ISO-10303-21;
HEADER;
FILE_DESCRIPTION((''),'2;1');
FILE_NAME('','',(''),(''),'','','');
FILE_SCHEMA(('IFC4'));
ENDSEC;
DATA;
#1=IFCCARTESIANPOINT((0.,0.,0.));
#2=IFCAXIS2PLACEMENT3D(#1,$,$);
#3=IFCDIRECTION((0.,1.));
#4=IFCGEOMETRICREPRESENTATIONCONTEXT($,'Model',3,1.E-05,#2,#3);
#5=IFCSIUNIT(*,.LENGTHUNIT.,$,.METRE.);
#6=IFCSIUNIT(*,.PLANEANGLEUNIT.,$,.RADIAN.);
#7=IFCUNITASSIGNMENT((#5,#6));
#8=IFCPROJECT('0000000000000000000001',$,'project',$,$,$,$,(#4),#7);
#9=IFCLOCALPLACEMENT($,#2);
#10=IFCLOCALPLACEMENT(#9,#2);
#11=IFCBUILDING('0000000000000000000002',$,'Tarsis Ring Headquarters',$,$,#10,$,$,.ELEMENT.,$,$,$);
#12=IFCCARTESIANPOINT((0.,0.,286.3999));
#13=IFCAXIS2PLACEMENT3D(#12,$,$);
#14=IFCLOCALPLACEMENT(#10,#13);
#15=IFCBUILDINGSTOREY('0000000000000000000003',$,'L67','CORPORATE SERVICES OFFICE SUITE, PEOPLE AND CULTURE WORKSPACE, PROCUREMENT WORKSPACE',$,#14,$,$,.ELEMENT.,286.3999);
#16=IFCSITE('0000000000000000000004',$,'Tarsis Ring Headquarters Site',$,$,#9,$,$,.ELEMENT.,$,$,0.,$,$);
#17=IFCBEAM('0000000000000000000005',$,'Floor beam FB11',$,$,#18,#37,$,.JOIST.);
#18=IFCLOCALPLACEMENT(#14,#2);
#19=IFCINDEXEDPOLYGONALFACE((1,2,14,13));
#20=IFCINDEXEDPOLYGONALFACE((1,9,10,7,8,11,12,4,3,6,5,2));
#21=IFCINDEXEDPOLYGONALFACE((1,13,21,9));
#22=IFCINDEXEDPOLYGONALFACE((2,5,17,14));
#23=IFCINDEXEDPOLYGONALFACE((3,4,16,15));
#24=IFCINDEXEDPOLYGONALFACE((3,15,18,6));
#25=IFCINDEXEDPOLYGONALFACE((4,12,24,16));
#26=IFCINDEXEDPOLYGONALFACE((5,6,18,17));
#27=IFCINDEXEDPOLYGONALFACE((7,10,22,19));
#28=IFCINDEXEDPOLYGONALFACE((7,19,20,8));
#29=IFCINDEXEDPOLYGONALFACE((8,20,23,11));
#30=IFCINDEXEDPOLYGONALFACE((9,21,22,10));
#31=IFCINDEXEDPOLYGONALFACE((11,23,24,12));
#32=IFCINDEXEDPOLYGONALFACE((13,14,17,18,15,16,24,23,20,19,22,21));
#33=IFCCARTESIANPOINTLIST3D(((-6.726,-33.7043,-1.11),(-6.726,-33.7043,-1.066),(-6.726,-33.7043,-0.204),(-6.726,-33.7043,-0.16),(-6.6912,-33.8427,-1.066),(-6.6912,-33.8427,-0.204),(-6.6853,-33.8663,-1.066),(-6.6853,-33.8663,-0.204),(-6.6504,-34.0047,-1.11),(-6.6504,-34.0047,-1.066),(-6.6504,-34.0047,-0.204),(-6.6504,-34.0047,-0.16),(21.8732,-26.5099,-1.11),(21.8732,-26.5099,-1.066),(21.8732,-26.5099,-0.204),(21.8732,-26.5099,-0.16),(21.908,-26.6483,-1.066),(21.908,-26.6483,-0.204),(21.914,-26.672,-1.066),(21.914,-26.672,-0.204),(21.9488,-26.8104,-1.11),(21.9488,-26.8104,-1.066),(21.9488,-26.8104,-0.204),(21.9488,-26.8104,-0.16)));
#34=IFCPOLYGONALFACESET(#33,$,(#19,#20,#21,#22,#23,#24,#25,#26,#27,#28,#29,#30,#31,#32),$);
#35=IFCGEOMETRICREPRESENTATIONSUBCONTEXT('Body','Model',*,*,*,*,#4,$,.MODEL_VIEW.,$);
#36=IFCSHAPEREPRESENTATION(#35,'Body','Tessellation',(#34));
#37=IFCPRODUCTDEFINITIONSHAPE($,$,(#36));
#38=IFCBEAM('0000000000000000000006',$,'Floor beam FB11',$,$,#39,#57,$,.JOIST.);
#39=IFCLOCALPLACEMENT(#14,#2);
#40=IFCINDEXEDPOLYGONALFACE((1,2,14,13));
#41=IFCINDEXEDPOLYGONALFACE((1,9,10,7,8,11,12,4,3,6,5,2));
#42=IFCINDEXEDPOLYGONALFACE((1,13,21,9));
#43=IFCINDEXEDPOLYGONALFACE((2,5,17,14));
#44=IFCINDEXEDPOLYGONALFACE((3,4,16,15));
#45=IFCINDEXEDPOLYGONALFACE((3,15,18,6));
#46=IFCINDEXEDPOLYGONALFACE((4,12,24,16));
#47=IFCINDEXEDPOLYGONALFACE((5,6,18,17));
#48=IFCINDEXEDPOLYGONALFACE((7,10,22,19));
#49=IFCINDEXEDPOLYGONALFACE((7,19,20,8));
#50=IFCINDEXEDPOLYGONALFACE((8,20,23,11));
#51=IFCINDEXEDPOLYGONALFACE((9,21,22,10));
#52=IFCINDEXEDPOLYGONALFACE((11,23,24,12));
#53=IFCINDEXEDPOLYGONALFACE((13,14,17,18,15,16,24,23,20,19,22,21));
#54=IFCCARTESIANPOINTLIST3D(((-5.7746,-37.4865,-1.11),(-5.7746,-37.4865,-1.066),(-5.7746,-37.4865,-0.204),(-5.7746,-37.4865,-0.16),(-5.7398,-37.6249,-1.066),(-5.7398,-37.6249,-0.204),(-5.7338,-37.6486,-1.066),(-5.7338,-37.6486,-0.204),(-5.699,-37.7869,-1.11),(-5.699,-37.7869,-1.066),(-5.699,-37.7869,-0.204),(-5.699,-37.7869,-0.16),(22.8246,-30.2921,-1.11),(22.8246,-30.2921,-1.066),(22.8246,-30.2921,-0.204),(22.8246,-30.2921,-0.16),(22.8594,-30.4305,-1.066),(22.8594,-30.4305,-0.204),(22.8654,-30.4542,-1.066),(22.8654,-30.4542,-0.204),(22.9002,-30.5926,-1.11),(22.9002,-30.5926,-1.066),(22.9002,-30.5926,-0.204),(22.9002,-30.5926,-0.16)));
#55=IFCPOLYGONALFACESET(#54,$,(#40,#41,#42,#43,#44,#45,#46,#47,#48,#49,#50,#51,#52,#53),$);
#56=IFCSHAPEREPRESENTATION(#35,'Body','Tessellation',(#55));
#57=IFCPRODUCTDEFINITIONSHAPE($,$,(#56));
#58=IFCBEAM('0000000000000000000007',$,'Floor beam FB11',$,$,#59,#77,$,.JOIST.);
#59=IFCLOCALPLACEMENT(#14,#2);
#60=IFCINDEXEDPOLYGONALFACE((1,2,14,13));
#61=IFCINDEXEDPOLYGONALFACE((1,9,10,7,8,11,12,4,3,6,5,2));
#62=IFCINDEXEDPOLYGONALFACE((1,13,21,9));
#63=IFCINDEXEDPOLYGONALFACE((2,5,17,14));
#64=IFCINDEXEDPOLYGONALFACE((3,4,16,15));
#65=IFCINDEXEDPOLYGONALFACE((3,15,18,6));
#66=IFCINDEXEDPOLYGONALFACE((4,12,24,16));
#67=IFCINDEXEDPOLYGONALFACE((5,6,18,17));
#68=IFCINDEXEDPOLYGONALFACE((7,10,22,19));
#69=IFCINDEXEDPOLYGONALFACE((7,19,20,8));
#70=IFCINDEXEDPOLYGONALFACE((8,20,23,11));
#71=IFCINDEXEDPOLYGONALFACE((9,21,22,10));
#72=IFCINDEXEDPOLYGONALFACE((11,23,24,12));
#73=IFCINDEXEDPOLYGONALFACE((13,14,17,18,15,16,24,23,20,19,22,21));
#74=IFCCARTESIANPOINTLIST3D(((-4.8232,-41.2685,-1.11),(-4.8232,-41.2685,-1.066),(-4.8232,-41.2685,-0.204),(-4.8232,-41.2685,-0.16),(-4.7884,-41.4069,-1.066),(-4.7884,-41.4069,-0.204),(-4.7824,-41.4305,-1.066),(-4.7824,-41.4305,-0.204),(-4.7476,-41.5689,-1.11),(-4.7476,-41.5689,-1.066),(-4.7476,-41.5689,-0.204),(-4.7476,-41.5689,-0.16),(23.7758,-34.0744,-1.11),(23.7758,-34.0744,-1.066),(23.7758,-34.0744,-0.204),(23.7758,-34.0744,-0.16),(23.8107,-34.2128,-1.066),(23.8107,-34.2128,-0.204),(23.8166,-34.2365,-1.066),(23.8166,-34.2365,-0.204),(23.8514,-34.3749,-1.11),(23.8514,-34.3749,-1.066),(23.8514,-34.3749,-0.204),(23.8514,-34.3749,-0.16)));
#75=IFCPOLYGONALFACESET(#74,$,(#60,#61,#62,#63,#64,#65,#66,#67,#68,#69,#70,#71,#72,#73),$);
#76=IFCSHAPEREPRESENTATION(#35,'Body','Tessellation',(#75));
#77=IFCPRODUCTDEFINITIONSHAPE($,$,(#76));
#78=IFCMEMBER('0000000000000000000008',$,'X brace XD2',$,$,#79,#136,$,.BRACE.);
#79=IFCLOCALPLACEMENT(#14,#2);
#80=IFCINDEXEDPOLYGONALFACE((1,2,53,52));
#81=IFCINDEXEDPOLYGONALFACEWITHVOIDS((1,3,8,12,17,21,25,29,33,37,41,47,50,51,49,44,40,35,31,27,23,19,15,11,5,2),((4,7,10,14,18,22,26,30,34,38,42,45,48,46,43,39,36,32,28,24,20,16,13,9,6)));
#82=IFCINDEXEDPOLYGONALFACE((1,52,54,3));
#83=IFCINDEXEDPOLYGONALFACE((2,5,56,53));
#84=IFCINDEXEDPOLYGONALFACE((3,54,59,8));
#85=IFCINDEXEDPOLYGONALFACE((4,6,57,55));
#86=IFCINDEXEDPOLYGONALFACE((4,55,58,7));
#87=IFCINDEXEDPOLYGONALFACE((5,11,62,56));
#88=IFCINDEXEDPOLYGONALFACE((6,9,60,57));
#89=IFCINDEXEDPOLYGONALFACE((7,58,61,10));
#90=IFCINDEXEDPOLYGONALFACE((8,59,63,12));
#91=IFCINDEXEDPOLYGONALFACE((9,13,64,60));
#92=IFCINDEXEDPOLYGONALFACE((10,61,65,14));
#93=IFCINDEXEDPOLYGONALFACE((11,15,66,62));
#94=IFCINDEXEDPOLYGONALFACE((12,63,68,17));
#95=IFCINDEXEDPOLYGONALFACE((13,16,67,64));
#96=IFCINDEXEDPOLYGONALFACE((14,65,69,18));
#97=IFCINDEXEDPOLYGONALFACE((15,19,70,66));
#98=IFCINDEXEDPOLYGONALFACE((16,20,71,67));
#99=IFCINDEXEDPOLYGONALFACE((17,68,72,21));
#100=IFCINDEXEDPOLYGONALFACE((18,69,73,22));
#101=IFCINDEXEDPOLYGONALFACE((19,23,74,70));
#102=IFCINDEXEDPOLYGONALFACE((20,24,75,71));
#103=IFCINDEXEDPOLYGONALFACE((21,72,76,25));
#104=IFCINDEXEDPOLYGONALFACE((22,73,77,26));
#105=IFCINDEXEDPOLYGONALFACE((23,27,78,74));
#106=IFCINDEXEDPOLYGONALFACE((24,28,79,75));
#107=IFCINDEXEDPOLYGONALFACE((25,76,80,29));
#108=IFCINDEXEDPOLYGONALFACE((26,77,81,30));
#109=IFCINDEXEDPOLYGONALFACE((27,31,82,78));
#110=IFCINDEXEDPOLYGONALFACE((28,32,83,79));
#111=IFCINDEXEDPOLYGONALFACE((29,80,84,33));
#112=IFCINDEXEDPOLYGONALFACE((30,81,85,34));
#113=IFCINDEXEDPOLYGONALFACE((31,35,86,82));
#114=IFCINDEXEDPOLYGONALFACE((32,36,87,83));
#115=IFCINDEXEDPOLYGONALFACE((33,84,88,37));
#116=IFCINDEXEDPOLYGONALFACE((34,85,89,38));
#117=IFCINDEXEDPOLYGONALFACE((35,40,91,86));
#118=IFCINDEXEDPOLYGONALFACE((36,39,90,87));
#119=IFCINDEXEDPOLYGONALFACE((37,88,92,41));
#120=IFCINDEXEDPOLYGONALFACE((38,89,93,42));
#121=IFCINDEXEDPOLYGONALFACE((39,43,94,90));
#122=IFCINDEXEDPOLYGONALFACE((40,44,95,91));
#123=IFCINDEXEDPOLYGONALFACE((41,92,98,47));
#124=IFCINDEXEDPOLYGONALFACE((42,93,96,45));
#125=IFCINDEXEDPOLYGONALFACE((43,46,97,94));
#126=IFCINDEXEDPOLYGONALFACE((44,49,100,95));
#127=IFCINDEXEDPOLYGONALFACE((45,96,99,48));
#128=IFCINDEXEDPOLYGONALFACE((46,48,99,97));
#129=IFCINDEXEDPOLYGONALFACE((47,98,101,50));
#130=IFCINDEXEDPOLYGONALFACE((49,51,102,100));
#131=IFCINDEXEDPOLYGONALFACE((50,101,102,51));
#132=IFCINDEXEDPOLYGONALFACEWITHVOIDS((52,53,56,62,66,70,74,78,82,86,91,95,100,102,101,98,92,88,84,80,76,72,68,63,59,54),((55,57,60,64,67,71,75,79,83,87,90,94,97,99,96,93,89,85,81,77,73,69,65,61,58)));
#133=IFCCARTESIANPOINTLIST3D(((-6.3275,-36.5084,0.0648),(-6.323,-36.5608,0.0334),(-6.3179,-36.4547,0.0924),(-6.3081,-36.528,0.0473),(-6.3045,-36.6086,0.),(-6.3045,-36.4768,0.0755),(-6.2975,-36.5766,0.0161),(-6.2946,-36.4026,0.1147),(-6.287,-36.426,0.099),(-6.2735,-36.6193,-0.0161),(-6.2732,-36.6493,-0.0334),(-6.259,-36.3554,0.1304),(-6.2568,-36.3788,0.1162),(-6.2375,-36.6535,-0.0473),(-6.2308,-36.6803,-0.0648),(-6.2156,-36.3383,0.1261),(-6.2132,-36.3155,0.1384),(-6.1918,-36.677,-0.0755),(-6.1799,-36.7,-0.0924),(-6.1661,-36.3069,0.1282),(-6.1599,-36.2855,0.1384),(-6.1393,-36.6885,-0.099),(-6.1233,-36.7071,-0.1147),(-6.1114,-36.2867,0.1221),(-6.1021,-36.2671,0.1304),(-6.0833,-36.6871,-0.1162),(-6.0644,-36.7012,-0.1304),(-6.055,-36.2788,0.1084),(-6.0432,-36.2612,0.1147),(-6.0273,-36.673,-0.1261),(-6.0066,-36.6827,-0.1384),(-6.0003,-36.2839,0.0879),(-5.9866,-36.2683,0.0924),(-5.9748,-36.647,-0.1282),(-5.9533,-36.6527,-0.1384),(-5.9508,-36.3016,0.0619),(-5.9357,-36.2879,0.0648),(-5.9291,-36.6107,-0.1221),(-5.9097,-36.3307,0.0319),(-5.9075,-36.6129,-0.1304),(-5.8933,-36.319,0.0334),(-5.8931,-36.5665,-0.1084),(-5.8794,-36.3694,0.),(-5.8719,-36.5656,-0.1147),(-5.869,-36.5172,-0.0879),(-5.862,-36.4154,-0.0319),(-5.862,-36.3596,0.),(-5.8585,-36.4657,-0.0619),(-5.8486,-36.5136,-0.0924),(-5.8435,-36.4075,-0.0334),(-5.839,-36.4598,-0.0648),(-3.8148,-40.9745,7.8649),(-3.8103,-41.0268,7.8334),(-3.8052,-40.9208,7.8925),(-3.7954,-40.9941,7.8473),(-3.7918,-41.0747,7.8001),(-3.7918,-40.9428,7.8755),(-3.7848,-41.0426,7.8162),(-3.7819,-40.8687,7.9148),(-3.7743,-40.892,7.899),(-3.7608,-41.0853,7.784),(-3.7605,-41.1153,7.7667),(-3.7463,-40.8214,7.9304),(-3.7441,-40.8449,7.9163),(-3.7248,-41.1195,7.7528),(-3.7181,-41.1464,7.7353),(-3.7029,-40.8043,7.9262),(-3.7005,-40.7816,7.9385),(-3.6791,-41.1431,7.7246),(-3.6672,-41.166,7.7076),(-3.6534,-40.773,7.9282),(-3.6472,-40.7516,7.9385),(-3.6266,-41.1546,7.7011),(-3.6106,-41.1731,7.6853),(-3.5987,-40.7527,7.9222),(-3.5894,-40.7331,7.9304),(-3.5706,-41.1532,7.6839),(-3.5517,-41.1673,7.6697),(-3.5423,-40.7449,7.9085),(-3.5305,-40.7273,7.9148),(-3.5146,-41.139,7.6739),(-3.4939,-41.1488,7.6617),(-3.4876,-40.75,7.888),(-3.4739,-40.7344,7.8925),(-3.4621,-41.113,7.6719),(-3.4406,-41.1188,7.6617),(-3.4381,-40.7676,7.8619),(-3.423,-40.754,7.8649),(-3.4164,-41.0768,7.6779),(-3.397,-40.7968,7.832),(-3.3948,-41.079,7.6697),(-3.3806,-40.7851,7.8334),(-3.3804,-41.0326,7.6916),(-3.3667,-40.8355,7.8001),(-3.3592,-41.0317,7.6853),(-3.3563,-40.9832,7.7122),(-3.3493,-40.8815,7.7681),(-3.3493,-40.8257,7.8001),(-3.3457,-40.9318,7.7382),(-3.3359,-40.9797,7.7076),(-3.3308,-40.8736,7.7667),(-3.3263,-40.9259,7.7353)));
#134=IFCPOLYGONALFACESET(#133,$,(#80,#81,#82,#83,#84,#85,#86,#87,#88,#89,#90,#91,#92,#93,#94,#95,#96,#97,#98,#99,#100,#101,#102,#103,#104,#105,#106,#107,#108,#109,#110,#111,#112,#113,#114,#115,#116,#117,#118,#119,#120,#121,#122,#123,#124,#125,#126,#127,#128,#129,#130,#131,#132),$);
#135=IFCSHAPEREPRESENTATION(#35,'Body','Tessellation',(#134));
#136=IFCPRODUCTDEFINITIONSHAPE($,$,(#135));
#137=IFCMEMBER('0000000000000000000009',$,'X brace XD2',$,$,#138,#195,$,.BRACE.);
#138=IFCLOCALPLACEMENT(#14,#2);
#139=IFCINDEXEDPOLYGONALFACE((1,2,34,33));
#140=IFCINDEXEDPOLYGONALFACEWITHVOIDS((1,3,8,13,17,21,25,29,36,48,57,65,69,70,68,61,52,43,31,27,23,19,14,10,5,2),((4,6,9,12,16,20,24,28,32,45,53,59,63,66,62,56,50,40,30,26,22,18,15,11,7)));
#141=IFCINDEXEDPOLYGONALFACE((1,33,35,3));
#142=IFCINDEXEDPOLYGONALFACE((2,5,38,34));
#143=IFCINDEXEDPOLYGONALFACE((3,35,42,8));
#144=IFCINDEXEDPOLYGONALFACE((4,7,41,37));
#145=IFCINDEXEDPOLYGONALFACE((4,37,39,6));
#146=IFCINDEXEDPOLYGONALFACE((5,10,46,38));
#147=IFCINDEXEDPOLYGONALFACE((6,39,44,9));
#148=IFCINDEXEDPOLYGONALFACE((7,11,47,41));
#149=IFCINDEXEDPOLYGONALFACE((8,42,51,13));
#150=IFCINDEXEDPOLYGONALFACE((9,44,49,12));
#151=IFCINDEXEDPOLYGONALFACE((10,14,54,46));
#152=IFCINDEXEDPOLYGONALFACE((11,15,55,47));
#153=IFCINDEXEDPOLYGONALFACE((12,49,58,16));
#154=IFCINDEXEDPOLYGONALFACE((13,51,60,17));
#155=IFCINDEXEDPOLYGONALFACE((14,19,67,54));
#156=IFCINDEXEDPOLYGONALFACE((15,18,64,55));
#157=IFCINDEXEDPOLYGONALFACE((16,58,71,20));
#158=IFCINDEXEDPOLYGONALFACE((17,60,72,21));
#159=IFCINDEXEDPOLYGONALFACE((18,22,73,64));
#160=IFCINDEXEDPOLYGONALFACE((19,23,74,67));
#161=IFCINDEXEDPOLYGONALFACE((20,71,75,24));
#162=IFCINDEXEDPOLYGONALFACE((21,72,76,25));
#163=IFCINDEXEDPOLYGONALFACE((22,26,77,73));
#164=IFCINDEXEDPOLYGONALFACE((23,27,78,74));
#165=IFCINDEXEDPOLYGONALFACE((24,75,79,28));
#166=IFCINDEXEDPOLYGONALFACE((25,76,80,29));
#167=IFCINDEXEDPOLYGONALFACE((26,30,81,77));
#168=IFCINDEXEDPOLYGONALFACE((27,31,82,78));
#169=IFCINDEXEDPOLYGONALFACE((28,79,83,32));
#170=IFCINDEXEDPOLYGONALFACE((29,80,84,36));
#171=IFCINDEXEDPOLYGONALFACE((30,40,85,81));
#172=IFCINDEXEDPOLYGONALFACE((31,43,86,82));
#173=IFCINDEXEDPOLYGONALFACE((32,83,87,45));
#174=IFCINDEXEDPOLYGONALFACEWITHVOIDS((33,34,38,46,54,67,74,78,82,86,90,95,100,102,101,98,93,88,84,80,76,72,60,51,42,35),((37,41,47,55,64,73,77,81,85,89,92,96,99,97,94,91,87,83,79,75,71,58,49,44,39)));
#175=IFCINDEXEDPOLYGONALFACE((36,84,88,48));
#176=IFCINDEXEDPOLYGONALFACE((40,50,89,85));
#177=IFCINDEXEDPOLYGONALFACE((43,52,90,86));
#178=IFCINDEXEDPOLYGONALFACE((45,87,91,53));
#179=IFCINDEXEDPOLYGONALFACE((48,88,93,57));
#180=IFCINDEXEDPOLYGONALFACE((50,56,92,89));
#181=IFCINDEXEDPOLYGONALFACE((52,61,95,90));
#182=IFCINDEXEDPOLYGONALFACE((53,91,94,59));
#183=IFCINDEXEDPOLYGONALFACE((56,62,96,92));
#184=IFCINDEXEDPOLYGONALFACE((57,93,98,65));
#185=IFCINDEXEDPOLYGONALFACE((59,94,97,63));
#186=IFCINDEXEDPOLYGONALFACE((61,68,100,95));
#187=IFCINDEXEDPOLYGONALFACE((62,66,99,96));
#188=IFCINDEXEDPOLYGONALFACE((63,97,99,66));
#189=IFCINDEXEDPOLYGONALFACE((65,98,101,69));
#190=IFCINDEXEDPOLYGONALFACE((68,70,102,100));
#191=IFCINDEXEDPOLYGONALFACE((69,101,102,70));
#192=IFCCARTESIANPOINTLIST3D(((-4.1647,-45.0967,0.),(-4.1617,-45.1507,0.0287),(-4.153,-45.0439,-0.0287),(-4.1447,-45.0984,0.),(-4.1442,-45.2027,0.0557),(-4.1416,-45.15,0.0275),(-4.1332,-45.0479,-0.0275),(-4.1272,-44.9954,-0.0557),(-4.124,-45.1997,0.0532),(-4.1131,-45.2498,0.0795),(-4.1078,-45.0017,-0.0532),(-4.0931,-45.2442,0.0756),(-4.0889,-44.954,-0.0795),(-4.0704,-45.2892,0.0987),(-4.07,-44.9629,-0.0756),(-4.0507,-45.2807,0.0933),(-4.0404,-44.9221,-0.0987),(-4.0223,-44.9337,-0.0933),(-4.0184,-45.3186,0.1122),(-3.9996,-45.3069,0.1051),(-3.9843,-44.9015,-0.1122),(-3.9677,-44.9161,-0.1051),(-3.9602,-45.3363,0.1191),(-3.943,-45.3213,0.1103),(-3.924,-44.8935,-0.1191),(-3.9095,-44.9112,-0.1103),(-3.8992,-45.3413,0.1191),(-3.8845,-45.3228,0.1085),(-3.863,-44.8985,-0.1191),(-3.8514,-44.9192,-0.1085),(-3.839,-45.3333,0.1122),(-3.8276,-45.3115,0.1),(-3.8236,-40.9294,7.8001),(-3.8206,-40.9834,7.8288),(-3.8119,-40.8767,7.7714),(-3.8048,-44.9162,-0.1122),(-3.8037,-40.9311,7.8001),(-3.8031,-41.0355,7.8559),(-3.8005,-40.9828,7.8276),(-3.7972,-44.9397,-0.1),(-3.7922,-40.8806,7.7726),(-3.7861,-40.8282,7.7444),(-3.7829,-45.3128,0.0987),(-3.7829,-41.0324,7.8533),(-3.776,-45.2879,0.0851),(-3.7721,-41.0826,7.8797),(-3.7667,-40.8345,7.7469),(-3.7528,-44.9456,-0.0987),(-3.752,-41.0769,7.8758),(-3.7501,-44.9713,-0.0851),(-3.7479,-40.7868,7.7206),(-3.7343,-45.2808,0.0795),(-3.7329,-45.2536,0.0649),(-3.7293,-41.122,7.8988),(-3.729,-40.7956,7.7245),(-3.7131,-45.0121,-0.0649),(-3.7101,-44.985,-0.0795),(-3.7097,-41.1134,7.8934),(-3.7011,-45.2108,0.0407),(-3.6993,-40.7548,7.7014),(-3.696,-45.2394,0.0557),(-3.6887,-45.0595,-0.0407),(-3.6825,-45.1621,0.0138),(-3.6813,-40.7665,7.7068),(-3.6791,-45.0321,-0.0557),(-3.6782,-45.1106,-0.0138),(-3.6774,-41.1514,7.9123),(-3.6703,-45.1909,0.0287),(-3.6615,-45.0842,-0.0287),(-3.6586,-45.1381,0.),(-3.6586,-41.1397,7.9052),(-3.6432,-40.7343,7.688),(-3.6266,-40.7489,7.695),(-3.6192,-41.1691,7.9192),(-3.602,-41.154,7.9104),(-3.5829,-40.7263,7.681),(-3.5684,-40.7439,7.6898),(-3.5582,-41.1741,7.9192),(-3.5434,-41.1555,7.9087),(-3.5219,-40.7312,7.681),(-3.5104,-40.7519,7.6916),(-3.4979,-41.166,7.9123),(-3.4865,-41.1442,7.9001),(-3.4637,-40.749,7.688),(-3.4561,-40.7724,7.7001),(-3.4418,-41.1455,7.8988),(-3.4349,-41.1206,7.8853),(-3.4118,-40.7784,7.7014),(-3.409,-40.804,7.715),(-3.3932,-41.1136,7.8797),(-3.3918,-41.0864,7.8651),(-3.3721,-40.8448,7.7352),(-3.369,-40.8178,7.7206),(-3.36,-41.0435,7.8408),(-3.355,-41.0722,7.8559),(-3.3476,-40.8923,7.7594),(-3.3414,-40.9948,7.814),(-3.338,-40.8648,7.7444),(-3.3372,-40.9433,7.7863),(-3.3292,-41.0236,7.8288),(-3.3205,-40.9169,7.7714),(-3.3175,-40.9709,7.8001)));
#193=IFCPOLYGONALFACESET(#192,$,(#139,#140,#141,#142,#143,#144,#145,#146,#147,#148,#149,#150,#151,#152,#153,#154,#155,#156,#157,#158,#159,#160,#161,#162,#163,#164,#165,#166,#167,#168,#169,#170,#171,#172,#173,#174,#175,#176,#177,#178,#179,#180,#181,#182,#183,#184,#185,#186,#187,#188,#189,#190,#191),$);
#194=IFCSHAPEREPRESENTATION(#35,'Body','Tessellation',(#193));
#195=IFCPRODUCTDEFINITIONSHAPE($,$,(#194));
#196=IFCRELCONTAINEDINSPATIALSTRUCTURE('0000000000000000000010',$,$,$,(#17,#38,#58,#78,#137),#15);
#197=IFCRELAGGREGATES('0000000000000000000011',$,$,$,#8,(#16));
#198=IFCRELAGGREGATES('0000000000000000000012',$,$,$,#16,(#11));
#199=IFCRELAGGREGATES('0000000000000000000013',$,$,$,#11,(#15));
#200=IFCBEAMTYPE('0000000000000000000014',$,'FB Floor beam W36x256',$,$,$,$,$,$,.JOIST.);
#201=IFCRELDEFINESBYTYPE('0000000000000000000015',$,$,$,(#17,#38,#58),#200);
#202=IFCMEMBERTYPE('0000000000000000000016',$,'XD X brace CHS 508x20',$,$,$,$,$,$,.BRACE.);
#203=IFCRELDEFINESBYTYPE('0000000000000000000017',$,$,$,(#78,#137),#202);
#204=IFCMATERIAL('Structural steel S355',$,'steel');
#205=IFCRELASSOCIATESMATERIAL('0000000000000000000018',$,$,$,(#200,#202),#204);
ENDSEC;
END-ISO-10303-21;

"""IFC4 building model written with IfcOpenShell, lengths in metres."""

from ifc_helpers import new_model, si_unit, direction, frame, origin, origin_2d, place, context, subcontext, project, spatial, hollow_circle, i_section, extrude, material, material_profile, profile_set, type_object, element, save


model = new_model("IFC4")

# Units and contexts
model_context = context("Model", 3, precision=1e-05, world=origin(), true_north=direction((0.0, 1.0)))
body_context = subcontext(model_context, "Body", "Model", "MODEL_VIEW")
ifc_project = project(units=[si_unit("LENGTHUNIT", "METRE"), si_unit("PLANEANGLEUNIT", "RADIAN")], contexts=[model_context])

# Site, building, storey
site_placement = place(None, origin())
site = spatial("IfcSite", under=ifc_project, at=site_placement, Name="Tarsis Ring Headquarters Site", CompositionType="ELEMENT", RefElevation=0.0)
building_placement = place(site_placement, origin())
building = spatial("IfcBuilding", under=site, at=building_placement, Name="Tarsis Ring Headquarters", CompositionType="ELEMENT")
storey_placement = place(building_placement, frame((0.0, 0.0, 286.3999)))
storey = spatial("IfcBuildingStorey", under=building, at=storey_placement, Name="L67", Description="CORPORATE SERVICES OFFICE SUITE, PEOPLE AND CULTURE WORKSPACE, PROCUREMENT WORKSPACE", CompositionType="ELEMENT", Elevation=286.3999)

# Shared definitions
ifc_material_1 = material(Name="Structural steel S355", Category="steel")

# Beams
ifc_material_profile_1 = material_profile(ifc_material_1, i_section(OverallWidth=0.3098, OverallDepth=0.95, WebThickness=0.0244, FlangeThickness=0.0439, at=origin_2d()), Name="W36x256")
ifc_profile_set_1 = profile_set([ifc_material_profile_1], Name="Structural steel S355")
beam_type_1 = type_object("IfcBeamType", Name="FB Floor beam W36x256", PredefinedType="JOIST", material=ifc_profile_set_1)
for number, where, z_axis, x_axis, name in (
    (1, (-6.6882, -33.8545, -0.635), (0.969786, 0.243957, 0.0), (-0.243957, 0.969786, 0.0), "Floor beam FB11"),
    (2, (-5.7368, -37.6367, -0.635), (0.969786, 0.243957, 0.0), (-0.243957, 0.969786, 0.0), "Floor beam FB11"),
):
    element("IfcBeam", number, at=place(storey_placement, frame(where, z_axis=z_axis, x_axis=x_axis)), inside=storey, type_object=beam_type_1, Name=name, PredefinedType="JOIST", context=body_context, shape_type="SweptSolid", body=[
        extrude(i_section(OverallWidth=0.3098, OverallDepth=0.95, WebThickness=0.0244, FlangeThickness=0.0439, at=origin_2d()), origin(), (0.0, 0.0, 1.0), 29.4902),
    ])
beam_1_placement = place(storey_placement, frame((-4.7854, -41.4187, -0.635), z_axis=(0.969788, 0.24395, 0.0), x_axis=(-0.24395, 0.969788, 0.0)))
element("IfcBeam", 3, at=beam_1_placement, inside=storey, type_object=beam_type_1, Name="Floor beam FB11", PredefinedType="JOIST", context=body_context, shape_type="SweptSolid", body=[
    extrude(i_section(OverallWidth=0.3098, OverallDepth=0.95, WebThickness=0.0244, FlangeThickness=0.0439, at=origin_2d()), origin(), (0.0, 0.0, 1.0), 29.49),
])

# Members
ifc_material_profile_2 = material_profile(ifc_material_1, hollow_circle(Radius=0.2539, WallThickness=0.02, at=origin_2d()), Name="CHS 508x20")
ifc_profile_set_2 = profile_set([ifc_material_profile_2], Name="Structural steel S355")
member_type = type_object("IfcMemberType", Name="XD X brace CHS 508x20", PredefinedType="BRACE", material=ifc_profile_set_2)
member_1_placement = place(storey_placement, frame((-6.0833, -36.4841, 0.0), z_axis=(0.269234, -0.478537, 0.835772), x_axis=(0.871531, 0.49034, 0.0)))
element("IfcMember", 4, at=member_1_placement, inside=storey, type_object=member_type, Name="X brace XD2", PredefinedType="BRACE", context=body_context, shape_type="SweptSolid", body=[
    extrude(hollow_circle(Radius=0.2539, WallThickness=0.02, at=origin_2d()), origin(), (0.0, 0.0, 1.0), 9.3328),
])
member_2_placement = place(storey_placement, frame((-3.9116, -45.1174, 0.0), z_axis=(0.038538, 0.470873, 0.881359), x_axis=(-0.996667, 0.081572, 0.0)))
element("IfcMember", 5, at=member_2_placement, inside=storey, type_object=member_type, Name="X brace XD2", PredefinedType="BRACE", context=body_context, shape_type="SweptSolid", body=[
    extrude(hollow_circle(Radius=0.2539, WallThickness=0.02, at=origin_2d()), origin(), (0.0, 0.0, 1.0), 8.8501),
])

save(model, "model.ifc")
